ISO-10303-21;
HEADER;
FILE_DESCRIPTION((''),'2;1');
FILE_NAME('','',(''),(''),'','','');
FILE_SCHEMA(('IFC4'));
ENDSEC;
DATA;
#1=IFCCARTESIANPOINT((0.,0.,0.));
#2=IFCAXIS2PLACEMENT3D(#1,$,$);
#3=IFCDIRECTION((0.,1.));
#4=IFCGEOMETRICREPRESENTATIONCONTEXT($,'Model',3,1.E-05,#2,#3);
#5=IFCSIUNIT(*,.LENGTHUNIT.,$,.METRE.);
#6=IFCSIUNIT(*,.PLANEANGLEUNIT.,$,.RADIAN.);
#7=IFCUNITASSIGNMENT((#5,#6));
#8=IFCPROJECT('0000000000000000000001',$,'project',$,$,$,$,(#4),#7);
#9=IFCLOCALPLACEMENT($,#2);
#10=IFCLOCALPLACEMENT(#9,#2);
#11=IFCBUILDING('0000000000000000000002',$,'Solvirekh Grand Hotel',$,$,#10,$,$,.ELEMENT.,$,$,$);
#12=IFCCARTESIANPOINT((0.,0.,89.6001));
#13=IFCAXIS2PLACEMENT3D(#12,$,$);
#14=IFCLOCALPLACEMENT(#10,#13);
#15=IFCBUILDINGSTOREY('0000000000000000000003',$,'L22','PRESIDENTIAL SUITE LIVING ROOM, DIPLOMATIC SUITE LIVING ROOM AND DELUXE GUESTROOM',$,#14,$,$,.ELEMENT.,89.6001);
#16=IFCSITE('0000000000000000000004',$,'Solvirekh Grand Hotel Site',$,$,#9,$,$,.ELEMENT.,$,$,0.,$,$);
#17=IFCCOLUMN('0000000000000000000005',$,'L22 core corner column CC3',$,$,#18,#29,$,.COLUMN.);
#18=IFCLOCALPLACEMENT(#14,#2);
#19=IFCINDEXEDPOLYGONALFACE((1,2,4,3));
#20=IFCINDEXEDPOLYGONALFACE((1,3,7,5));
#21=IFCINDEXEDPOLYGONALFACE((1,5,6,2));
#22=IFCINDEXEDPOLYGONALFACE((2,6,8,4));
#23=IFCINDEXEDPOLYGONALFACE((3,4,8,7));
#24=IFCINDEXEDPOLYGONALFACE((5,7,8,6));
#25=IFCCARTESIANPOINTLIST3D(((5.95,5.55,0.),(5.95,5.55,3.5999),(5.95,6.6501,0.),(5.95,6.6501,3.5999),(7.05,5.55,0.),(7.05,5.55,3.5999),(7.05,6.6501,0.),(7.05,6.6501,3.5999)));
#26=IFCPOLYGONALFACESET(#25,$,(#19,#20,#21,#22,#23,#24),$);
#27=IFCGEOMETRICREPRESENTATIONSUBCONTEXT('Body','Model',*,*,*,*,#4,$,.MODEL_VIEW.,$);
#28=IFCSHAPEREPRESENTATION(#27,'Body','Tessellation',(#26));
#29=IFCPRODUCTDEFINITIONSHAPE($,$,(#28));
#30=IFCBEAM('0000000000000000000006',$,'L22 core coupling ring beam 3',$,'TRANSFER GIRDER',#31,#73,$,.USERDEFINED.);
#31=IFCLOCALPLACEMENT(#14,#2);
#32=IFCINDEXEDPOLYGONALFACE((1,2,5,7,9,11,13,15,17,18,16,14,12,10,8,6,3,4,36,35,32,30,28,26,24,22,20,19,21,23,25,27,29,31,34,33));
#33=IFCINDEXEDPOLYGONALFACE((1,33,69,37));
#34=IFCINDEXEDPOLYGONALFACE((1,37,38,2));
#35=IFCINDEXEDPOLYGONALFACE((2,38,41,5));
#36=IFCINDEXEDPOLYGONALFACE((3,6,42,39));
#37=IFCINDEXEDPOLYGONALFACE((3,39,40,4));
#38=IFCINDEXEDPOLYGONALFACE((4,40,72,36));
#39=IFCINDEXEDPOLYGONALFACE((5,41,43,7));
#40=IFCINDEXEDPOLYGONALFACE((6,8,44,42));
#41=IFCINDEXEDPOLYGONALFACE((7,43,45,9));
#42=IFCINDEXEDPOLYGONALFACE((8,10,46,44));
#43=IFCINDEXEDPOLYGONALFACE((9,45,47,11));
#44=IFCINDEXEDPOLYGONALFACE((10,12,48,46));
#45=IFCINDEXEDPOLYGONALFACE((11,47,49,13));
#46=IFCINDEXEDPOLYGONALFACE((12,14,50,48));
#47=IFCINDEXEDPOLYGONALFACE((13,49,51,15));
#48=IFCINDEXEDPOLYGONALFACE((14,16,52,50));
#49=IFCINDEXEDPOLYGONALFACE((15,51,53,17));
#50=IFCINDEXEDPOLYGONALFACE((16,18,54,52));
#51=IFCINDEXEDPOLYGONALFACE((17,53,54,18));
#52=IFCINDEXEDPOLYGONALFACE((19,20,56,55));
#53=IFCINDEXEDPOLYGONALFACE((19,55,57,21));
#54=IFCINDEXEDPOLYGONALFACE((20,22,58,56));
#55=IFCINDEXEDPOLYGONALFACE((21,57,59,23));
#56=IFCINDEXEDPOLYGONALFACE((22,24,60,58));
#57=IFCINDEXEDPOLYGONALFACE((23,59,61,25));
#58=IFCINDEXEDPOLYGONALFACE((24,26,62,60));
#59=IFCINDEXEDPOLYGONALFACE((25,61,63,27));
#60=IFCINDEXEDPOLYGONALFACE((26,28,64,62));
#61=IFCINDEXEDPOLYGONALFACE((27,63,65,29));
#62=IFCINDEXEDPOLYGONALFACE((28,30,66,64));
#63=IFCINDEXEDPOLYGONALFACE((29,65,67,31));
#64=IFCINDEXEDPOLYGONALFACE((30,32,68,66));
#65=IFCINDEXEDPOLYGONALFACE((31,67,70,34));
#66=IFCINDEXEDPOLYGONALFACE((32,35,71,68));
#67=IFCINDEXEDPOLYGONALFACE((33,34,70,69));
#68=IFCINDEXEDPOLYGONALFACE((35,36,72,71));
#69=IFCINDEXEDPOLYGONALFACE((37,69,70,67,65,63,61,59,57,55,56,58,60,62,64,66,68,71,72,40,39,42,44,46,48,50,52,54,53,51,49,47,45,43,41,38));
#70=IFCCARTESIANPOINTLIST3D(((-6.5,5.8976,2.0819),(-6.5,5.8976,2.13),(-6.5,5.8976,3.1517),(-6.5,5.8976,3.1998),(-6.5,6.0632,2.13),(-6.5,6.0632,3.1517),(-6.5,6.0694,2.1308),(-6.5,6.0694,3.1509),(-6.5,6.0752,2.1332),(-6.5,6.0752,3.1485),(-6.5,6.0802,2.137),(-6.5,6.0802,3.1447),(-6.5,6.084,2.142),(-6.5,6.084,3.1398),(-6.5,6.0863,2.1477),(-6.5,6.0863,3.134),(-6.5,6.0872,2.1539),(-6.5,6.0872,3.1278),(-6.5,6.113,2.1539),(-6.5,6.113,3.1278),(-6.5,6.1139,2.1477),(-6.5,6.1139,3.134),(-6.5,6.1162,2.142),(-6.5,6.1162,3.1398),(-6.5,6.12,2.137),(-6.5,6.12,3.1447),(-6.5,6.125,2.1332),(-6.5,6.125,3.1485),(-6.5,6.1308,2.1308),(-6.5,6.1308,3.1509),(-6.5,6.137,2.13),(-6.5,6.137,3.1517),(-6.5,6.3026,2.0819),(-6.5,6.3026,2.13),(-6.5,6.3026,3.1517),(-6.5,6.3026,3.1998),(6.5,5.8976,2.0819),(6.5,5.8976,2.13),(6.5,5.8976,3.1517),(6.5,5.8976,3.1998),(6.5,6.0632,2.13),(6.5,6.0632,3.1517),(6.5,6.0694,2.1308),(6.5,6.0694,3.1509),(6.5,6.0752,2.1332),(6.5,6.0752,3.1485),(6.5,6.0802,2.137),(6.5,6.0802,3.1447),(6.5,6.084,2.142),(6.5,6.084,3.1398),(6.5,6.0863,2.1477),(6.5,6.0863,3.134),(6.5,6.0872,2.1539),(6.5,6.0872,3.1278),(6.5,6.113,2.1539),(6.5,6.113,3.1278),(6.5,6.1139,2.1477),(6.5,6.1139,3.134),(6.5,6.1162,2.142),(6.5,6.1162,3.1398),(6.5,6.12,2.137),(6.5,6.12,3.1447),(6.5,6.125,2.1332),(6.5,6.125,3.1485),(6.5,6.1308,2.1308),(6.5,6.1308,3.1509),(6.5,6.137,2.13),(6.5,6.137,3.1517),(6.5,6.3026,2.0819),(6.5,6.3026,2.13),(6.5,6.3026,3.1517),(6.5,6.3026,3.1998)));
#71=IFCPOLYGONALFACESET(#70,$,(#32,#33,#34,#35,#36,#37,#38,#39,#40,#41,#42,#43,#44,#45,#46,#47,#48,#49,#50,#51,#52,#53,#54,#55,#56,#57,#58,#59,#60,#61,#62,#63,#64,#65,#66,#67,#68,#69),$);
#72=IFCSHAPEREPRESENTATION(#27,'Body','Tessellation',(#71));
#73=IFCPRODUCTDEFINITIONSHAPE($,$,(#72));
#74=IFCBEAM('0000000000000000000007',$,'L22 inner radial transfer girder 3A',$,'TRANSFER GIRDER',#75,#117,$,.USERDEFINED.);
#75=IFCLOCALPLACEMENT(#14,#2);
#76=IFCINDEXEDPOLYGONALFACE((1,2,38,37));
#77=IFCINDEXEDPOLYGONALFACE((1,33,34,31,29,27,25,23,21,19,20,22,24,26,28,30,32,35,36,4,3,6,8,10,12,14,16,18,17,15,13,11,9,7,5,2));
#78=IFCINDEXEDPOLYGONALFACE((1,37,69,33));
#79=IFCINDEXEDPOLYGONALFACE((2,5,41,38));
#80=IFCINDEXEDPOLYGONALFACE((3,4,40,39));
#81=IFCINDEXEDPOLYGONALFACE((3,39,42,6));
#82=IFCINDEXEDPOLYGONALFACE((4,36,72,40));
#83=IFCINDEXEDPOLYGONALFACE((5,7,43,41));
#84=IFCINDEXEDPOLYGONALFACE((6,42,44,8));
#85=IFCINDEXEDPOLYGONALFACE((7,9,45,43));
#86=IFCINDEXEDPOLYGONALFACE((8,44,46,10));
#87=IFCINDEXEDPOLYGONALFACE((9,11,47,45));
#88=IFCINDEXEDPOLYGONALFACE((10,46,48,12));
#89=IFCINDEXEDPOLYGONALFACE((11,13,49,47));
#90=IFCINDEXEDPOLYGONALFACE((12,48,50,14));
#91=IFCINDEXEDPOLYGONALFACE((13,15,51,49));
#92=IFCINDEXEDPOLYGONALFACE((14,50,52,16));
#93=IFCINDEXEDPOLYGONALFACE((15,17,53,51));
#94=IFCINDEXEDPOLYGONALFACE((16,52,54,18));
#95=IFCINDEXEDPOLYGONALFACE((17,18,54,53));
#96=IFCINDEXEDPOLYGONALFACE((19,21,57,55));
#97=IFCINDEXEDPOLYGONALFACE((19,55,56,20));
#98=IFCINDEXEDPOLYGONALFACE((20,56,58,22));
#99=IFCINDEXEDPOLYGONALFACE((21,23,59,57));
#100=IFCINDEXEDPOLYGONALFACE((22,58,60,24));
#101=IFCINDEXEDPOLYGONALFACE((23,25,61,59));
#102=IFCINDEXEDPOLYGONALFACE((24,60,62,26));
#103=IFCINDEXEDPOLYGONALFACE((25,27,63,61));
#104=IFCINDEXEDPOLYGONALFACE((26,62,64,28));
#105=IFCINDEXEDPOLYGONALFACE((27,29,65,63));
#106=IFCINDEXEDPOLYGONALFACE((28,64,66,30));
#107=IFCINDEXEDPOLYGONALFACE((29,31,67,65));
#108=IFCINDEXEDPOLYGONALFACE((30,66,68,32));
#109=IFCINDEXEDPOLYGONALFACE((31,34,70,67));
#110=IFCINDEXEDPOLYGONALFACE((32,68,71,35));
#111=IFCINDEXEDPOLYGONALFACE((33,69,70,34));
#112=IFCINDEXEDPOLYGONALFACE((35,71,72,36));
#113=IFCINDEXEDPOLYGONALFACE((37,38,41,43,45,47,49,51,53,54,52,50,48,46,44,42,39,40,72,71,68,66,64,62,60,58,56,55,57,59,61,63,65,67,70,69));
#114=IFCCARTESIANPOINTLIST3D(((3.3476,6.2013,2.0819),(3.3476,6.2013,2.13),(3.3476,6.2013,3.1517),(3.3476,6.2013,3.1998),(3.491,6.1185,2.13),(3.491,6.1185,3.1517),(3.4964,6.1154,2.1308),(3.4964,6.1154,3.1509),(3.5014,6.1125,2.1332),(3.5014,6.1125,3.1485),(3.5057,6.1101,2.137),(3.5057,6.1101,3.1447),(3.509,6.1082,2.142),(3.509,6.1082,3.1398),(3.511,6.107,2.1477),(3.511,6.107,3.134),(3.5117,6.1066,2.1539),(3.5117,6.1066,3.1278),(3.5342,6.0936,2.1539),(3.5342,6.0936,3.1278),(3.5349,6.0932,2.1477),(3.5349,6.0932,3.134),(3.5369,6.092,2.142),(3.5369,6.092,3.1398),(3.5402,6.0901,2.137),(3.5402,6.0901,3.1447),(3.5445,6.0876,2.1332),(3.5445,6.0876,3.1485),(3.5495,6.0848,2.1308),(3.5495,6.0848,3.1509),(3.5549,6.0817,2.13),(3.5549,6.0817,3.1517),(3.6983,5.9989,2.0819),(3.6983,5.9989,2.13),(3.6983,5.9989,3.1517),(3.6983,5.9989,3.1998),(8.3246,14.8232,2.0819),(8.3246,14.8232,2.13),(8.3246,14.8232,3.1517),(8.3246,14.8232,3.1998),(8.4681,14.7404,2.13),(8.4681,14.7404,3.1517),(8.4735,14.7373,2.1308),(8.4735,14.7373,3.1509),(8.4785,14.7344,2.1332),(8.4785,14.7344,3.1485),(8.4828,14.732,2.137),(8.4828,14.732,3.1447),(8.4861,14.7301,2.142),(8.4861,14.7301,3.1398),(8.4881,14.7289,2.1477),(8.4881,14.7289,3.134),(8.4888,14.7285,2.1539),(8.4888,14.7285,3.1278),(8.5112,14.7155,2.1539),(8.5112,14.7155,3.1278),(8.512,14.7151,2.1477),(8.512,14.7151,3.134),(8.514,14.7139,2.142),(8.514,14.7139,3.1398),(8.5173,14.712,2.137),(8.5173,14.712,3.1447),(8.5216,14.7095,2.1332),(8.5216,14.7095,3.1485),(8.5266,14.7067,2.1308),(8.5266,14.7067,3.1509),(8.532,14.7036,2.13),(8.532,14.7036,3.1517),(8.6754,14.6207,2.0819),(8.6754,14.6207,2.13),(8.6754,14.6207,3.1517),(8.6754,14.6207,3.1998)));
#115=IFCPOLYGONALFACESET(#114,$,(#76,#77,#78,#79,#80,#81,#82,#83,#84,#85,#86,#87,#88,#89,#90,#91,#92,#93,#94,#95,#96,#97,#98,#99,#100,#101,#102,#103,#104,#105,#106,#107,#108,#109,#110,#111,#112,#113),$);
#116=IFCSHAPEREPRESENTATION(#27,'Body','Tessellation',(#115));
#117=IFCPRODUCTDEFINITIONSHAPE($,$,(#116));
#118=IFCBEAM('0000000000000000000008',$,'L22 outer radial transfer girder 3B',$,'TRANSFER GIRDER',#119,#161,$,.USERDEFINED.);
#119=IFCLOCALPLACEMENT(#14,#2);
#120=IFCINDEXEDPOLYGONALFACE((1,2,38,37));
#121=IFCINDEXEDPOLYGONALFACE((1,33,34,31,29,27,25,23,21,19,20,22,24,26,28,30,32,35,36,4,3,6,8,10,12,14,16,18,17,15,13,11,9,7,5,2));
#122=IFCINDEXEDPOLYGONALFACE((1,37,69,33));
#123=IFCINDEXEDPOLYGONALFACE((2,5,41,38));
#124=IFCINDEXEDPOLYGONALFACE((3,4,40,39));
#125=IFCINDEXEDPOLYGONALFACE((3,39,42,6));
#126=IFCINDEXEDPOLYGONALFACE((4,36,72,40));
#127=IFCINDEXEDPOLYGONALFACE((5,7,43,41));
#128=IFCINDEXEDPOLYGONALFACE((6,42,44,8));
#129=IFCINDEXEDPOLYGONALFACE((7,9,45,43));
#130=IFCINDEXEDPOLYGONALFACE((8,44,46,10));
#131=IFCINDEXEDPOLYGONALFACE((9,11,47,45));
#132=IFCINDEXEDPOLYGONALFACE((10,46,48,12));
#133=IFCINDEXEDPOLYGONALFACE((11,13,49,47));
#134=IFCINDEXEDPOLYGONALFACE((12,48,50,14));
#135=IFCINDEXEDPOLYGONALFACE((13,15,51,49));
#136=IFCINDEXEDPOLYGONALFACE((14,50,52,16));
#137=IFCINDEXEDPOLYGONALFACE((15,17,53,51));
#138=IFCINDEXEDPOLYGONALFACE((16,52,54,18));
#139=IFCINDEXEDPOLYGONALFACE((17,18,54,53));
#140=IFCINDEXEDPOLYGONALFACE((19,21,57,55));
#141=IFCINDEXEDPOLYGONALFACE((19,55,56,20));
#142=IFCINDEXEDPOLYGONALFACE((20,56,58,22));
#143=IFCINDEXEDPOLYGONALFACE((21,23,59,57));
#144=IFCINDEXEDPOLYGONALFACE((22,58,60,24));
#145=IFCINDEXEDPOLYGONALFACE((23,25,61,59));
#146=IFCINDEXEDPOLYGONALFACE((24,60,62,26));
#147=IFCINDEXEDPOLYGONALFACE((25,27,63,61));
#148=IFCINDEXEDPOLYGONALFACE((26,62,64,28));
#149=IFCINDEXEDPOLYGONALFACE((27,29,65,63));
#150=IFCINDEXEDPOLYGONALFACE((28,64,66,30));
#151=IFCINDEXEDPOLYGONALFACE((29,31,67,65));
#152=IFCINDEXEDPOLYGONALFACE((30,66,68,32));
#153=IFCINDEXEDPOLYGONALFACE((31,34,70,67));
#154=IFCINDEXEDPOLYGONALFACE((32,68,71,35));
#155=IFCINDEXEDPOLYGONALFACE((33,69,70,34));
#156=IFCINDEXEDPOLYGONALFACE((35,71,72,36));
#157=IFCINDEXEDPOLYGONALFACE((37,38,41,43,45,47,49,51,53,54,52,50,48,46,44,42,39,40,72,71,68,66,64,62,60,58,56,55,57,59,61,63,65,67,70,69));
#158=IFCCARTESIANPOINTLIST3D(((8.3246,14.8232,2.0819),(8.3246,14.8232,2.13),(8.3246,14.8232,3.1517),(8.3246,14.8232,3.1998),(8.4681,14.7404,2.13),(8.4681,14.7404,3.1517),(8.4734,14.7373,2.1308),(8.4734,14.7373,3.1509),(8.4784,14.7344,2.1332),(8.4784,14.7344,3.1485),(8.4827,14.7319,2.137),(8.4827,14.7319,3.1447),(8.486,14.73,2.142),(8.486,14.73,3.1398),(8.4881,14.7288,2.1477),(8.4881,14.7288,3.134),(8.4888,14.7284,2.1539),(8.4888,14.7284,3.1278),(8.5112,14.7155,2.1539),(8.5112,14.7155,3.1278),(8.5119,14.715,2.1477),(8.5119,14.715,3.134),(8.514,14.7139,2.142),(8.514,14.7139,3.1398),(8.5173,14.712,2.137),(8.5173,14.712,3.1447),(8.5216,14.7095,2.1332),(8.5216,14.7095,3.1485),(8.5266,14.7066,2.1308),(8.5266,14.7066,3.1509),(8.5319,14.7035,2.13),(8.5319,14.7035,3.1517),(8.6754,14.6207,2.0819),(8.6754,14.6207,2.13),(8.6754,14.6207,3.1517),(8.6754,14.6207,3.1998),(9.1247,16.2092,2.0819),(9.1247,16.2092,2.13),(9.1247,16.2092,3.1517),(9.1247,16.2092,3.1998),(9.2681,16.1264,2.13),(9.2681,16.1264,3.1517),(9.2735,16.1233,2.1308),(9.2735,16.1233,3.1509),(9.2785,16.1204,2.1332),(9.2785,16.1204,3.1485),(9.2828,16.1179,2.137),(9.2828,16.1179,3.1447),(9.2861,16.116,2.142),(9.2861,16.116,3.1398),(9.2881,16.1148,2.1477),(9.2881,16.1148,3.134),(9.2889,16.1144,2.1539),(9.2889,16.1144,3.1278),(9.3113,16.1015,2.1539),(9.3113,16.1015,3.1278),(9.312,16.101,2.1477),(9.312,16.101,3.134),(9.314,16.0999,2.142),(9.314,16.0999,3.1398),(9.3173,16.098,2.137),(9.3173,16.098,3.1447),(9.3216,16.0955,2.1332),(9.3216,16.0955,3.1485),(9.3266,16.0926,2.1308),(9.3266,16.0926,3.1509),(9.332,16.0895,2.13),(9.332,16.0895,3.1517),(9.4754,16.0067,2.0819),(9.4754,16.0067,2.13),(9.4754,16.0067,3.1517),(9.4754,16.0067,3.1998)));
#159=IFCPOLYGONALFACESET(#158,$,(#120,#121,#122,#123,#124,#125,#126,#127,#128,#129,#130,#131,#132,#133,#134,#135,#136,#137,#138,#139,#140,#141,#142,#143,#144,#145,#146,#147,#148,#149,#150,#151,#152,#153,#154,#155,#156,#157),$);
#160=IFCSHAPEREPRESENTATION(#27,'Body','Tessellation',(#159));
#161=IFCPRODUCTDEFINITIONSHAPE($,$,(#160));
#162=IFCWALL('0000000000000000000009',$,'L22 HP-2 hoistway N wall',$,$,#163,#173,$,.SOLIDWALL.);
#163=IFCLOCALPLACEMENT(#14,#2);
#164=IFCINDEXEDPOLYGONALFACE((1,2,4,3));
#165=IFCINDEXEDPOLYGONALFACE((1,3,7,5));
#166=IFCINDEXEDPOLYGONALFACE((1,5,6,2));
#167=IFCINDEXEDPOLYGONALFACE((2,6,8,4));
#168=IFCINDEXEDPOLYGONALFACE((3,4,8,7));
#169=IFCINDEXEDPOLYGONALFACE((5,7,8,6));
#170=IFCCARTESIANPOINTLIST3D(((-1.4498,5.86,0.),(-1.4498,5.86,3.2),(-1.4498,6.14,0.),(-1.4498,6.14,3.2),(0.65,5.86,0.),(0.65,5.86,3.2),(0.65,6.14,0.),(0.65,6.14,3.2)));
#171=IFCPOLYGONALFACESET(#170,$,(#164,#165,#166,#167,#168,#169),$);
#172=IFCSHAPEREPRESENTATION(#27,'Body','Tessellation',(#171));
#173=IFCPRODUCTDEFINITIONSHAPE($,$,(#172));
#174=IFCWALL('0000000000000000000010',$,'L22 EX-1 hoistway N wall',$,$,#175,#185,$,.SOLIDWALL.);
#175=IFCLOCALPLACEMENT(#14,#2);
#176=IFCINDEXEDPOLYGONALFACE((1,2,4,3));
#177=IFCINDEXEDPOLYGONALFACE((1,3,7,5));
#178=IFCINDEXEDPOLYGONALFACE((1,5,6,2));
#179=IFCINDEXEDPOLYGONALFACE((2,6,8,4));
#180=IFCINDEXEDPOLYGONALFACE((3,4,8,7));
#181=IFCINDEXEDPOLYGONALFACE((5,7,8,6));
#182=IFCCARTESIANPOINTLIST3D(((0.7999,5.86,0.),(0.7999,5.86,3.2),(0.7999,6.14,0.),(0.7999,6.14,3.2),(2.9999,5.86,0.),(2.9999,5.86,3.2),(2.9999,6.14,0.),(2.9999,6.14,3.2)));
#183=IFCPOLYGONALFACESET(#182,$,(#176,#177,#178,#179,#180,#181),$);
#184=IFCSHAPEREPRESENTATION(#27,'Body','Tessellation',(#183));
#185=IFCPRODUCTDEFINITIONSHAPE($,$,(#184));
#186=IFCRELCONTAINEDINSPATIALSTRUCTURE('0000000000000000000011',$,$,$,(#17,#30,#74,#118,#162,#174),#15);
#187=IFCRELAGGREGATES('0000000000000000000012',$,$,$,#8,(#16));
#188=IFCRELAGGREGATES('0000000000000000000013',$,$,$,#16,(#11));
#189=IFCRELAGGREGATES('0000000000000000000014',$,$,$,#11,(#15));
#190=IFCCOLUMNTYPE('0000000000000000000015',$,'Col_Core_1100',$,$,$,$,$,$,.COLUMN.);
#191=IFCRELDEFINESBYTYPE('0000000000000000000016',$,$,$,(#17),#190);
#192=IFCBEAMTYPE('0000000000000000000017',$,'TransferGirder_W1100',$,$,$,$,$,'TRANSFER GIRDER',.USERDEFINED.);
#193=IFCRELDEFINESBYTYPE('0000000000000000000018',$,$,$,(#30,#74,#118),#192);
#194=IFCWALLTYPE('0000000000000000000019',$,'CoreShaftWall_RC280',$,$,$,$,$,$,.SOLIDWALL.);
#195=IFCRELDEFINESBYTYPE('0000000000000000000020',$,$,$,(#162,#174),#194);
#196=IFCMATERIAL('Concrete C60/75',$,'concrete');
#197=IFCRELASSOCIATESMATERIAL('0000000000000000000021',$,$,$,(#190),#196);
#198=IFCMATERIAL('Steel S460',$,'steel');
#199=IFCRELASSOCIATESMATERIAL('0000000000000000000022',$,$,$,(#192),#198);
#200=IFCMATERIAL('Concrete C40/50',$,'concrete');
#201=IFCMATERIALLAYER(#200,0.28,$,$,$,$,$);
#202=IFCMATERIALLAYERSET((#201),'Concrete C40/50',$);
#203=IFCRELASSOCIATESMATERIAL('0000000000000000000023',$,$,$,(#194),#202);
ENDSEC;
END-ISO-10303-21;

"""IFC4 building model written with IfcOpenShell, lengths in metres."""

from ifc_helpers import new_model, si_unit, direction, frame, frame_2d, origin, origin_2d, place, context, subcontext, project, spatial, rectangle, i_section, extrude, material, layer, layer_set, material_profile, profile_set, type_object, element, save


model = new_model("IFC4")

# Units and contexts
model_context = context("Model", 3, precision=1e-05, world=origin(), true_north=direction((0.0, 1.0)))
body_context = subcontext(model_context, "Body", "Model", "MODEL_VIEW")
ifc_project = project(units=[si_unit("LENGTHUNIT", "METRE"), si_unit("PLANEANGLEUNIT", "RADIAN")], contexts=[model_context])

# Site, building, storey
site_placement = place(None, origin())
site = spatial("IfcSite", under=ifc_project, at=site_placement, Name="Solvirekh Grand Hotel Site", CompositionType="ELEMENT", RefElevation=0.0)
building_placement = place(site_placement, origin())
building = spatial("IfcBuilding", under=site, at=building_placement, Name="Solvirekh Grand Hotel", CompositionType="ELEMENT")
storey_placement = place(building_placement, frame((0.0, 0.0, 89.6001)))
storey = spatial("IfcBuildingStorey", under=building, at=storey_placement, Name="L22", Description="PRESIDENTIAL SUITE LIVING ROOM, DIPLOMATIC SUITE LIVING ROOM AND DELUXE GUESTROOM", CompositionType="ELEMENT", Elevation=89.6001)

# Column
ifc_material_1 = material(Name="Concrete C60/75", Category="concrete")
ifc_material_profile_1 = material_profile(ifc_material_1, rectangle(XDim=1.1001, YDim=1.1001, at=origin_2d()), Name="RC 1100X1100")
ifc_profile_set_1 = profile_set([ifc_material_profile_1], Name="Concrete C60/75")
column_type = type_object("IfcColumnType", Name="Col_Core_1100", PredefinedType="COLUMN", material=ifc_profile_set_1)
column_placement = place(storey_placement, frame((6.5, 6.1001, 0.0), z_axis=(0.0, 0.0, 1.0), x_axis=(1.0, 0.0, 0.0)))
element("IfcColumn", 1, at=column_placement, inside=storey, type_object=column_type, Name="L22 core corner column CC3", PredefinedType="COLUMN", context=body_context, shape_type="SweptSolid", body=[
    extrude(rectangle(XDim=1.1001, YDim=1.1001, at=origin_2d()), origin(), (0.0, 0.0, 1.0), 3.5999),
])

# Beams
ifc_material_2 = material(Name="Steel S460", Category="steel")
ifc_material_profile_2 = material_profile(ifc_material_2, i_section(OverallWidth=0.405, OverallDepth=1.1179, WebThickness=0.0259, FlangeThickness=0.0481, FilletRadius=0.0239, at=origin_2d()), Name="W1100X499")
ifc_profile_set_2 = profile_set([ifc_material_profile_2], Name="Steel S460")
beam_type = type_object("IfcBeamType", Name="TransferGirder_W1100", ElementType="TRANSFER GIRDER", PredefinedType="USERDEFINED", material=ifc_profile_set_2)
beam_1_placement = place(storey_placement, frame((6.5, 6.1001, 2.6409), z_axis=(-1.0, 0.0, 0.0), x_axis=(0.0, -1.0, 0.0)))
element("IfcBeam", 2, at=beam_1_placement, inside=storey, type_object=beam_type, Name="L22 core coupling ring beam 3", ObjectType="TRANSFER GIRDER", PredefinedType="USERDEFINED", context=body_context, shape_type="SweptSolid", body=[
    extrude(i_section(OverallWidth=0.405, OverallDepth=1.1179, WebThickness=0.0259, FlangeThickness=0.0481, FilletRadius=0.0239, at=origin_2d()), origin(), (0.0, 0.0, 1.0), 13.0),
])
beam_2_placement = place(storey_placement, frame((3.5229, 6.1001, 2.6409), z_axis=(0.499943, 0.866059, 0.0), x_axis=(-0.866059, 0.499943, 0.0)))
element("IfcBeam", 3, at=beam_2_placement, inside=storey, type_object=beam_type, Name="L22 inner radial transfer girder 3A", ObjectType="TRANSFER GIRDER", PredefinedType="USERDEFINED", context=body_context, shape_type="SweptSolid", body=[
    extrude(i_section(OverallWidth=0.405, OverallDepth=1.1179, WebThickness=0.0259, FlangeThickness=0.0481, FilletRadius=0.0239, at=origin_2d()), origin(), (0.0, 0.0, 1.0), 9.9553),
])
beam_3_placement = place(storey_placement, frame((8.5, 14.7219, 2.6409), z_axis=(0.499929, 0.866066, 0.0), x_axis=(-0.866066, 0.499929, 0.0)))
element("IfcBeam", 4, at=beam_3_placement, inside=storey, type_object=beam_type, Name="L22 outer radial transfer girder 3B", ObjectType="TRANSFER GIRDER", PredefinedType="USERDEFINED", context=body_context, shape_type="SweptSolid", body=[
    extrude(i_section(OverallWidth=0.405, OverallDepth=1.1179, WebThickness=0.0259, FlangeThickness=0.0481, FilletRadius=0.0239, at=origin_2d()), origin(), (0.0, 0.0, 1.0), 1.6003),
])

# Walls
ifc_material_3 = material(Name="Concrete C40/50", Category="concrete")
ifc_layer_1 = layer(ifc_material_3, 0.28)
ifc_layer_set_1 = layer_set([ifc_layer_1], Name="Concrete C40/50")
wall_type_1 = type_object("IfcWallType", Name="CoreShaftWall_RC280", PredefinedType="SOLIDWALL", material=ifc_layer_set_1)
wall_1_placement = place(storey_placement, frame((0.6499, 6.0, 0.0), z_axis=(0.0, 0.0, 1.0), x_axis=(-1.0, 0.0, 0.0)))
element("IfcWall", 5, at=wall_1_placement, inside=storey, type_object=wall_type_1, Name="L22 HP-2 hoistway N wall", PredefinedType="SOLIDWALL", context=body_context, shape_type="SweptSolid", body=[
    extrude(rectangle(XDim=2.0999, YDim=0.28, at=frame_2d((1.0498, 0.0))), origin(), (0.0, 0.0, 1.0), 3.2),
])
wall_2_placement = place(storey_placement, frame((3.0, 6.0, 0.0), z_axis=(0.0, 0.0, 1.0), x_axis=(-1.0, 0.0, 0.0)))
element("IfcWall", 6, at=wall_2_placement, inside=storey, type_object=wall_type_1, Name="L22 EX-1 hoistway N wall", PredefinedType="SOLIDWALL", context=body_context, shape_type="SweptSolid", body=[
    extrude(rectangle(XDim=2.2, YDim=0.28, at=frame_2d((1.1001, 0.0))), origin(), (0.0, 0.0, 1.0), 3.2),
])

save(model, "model.ifc")
